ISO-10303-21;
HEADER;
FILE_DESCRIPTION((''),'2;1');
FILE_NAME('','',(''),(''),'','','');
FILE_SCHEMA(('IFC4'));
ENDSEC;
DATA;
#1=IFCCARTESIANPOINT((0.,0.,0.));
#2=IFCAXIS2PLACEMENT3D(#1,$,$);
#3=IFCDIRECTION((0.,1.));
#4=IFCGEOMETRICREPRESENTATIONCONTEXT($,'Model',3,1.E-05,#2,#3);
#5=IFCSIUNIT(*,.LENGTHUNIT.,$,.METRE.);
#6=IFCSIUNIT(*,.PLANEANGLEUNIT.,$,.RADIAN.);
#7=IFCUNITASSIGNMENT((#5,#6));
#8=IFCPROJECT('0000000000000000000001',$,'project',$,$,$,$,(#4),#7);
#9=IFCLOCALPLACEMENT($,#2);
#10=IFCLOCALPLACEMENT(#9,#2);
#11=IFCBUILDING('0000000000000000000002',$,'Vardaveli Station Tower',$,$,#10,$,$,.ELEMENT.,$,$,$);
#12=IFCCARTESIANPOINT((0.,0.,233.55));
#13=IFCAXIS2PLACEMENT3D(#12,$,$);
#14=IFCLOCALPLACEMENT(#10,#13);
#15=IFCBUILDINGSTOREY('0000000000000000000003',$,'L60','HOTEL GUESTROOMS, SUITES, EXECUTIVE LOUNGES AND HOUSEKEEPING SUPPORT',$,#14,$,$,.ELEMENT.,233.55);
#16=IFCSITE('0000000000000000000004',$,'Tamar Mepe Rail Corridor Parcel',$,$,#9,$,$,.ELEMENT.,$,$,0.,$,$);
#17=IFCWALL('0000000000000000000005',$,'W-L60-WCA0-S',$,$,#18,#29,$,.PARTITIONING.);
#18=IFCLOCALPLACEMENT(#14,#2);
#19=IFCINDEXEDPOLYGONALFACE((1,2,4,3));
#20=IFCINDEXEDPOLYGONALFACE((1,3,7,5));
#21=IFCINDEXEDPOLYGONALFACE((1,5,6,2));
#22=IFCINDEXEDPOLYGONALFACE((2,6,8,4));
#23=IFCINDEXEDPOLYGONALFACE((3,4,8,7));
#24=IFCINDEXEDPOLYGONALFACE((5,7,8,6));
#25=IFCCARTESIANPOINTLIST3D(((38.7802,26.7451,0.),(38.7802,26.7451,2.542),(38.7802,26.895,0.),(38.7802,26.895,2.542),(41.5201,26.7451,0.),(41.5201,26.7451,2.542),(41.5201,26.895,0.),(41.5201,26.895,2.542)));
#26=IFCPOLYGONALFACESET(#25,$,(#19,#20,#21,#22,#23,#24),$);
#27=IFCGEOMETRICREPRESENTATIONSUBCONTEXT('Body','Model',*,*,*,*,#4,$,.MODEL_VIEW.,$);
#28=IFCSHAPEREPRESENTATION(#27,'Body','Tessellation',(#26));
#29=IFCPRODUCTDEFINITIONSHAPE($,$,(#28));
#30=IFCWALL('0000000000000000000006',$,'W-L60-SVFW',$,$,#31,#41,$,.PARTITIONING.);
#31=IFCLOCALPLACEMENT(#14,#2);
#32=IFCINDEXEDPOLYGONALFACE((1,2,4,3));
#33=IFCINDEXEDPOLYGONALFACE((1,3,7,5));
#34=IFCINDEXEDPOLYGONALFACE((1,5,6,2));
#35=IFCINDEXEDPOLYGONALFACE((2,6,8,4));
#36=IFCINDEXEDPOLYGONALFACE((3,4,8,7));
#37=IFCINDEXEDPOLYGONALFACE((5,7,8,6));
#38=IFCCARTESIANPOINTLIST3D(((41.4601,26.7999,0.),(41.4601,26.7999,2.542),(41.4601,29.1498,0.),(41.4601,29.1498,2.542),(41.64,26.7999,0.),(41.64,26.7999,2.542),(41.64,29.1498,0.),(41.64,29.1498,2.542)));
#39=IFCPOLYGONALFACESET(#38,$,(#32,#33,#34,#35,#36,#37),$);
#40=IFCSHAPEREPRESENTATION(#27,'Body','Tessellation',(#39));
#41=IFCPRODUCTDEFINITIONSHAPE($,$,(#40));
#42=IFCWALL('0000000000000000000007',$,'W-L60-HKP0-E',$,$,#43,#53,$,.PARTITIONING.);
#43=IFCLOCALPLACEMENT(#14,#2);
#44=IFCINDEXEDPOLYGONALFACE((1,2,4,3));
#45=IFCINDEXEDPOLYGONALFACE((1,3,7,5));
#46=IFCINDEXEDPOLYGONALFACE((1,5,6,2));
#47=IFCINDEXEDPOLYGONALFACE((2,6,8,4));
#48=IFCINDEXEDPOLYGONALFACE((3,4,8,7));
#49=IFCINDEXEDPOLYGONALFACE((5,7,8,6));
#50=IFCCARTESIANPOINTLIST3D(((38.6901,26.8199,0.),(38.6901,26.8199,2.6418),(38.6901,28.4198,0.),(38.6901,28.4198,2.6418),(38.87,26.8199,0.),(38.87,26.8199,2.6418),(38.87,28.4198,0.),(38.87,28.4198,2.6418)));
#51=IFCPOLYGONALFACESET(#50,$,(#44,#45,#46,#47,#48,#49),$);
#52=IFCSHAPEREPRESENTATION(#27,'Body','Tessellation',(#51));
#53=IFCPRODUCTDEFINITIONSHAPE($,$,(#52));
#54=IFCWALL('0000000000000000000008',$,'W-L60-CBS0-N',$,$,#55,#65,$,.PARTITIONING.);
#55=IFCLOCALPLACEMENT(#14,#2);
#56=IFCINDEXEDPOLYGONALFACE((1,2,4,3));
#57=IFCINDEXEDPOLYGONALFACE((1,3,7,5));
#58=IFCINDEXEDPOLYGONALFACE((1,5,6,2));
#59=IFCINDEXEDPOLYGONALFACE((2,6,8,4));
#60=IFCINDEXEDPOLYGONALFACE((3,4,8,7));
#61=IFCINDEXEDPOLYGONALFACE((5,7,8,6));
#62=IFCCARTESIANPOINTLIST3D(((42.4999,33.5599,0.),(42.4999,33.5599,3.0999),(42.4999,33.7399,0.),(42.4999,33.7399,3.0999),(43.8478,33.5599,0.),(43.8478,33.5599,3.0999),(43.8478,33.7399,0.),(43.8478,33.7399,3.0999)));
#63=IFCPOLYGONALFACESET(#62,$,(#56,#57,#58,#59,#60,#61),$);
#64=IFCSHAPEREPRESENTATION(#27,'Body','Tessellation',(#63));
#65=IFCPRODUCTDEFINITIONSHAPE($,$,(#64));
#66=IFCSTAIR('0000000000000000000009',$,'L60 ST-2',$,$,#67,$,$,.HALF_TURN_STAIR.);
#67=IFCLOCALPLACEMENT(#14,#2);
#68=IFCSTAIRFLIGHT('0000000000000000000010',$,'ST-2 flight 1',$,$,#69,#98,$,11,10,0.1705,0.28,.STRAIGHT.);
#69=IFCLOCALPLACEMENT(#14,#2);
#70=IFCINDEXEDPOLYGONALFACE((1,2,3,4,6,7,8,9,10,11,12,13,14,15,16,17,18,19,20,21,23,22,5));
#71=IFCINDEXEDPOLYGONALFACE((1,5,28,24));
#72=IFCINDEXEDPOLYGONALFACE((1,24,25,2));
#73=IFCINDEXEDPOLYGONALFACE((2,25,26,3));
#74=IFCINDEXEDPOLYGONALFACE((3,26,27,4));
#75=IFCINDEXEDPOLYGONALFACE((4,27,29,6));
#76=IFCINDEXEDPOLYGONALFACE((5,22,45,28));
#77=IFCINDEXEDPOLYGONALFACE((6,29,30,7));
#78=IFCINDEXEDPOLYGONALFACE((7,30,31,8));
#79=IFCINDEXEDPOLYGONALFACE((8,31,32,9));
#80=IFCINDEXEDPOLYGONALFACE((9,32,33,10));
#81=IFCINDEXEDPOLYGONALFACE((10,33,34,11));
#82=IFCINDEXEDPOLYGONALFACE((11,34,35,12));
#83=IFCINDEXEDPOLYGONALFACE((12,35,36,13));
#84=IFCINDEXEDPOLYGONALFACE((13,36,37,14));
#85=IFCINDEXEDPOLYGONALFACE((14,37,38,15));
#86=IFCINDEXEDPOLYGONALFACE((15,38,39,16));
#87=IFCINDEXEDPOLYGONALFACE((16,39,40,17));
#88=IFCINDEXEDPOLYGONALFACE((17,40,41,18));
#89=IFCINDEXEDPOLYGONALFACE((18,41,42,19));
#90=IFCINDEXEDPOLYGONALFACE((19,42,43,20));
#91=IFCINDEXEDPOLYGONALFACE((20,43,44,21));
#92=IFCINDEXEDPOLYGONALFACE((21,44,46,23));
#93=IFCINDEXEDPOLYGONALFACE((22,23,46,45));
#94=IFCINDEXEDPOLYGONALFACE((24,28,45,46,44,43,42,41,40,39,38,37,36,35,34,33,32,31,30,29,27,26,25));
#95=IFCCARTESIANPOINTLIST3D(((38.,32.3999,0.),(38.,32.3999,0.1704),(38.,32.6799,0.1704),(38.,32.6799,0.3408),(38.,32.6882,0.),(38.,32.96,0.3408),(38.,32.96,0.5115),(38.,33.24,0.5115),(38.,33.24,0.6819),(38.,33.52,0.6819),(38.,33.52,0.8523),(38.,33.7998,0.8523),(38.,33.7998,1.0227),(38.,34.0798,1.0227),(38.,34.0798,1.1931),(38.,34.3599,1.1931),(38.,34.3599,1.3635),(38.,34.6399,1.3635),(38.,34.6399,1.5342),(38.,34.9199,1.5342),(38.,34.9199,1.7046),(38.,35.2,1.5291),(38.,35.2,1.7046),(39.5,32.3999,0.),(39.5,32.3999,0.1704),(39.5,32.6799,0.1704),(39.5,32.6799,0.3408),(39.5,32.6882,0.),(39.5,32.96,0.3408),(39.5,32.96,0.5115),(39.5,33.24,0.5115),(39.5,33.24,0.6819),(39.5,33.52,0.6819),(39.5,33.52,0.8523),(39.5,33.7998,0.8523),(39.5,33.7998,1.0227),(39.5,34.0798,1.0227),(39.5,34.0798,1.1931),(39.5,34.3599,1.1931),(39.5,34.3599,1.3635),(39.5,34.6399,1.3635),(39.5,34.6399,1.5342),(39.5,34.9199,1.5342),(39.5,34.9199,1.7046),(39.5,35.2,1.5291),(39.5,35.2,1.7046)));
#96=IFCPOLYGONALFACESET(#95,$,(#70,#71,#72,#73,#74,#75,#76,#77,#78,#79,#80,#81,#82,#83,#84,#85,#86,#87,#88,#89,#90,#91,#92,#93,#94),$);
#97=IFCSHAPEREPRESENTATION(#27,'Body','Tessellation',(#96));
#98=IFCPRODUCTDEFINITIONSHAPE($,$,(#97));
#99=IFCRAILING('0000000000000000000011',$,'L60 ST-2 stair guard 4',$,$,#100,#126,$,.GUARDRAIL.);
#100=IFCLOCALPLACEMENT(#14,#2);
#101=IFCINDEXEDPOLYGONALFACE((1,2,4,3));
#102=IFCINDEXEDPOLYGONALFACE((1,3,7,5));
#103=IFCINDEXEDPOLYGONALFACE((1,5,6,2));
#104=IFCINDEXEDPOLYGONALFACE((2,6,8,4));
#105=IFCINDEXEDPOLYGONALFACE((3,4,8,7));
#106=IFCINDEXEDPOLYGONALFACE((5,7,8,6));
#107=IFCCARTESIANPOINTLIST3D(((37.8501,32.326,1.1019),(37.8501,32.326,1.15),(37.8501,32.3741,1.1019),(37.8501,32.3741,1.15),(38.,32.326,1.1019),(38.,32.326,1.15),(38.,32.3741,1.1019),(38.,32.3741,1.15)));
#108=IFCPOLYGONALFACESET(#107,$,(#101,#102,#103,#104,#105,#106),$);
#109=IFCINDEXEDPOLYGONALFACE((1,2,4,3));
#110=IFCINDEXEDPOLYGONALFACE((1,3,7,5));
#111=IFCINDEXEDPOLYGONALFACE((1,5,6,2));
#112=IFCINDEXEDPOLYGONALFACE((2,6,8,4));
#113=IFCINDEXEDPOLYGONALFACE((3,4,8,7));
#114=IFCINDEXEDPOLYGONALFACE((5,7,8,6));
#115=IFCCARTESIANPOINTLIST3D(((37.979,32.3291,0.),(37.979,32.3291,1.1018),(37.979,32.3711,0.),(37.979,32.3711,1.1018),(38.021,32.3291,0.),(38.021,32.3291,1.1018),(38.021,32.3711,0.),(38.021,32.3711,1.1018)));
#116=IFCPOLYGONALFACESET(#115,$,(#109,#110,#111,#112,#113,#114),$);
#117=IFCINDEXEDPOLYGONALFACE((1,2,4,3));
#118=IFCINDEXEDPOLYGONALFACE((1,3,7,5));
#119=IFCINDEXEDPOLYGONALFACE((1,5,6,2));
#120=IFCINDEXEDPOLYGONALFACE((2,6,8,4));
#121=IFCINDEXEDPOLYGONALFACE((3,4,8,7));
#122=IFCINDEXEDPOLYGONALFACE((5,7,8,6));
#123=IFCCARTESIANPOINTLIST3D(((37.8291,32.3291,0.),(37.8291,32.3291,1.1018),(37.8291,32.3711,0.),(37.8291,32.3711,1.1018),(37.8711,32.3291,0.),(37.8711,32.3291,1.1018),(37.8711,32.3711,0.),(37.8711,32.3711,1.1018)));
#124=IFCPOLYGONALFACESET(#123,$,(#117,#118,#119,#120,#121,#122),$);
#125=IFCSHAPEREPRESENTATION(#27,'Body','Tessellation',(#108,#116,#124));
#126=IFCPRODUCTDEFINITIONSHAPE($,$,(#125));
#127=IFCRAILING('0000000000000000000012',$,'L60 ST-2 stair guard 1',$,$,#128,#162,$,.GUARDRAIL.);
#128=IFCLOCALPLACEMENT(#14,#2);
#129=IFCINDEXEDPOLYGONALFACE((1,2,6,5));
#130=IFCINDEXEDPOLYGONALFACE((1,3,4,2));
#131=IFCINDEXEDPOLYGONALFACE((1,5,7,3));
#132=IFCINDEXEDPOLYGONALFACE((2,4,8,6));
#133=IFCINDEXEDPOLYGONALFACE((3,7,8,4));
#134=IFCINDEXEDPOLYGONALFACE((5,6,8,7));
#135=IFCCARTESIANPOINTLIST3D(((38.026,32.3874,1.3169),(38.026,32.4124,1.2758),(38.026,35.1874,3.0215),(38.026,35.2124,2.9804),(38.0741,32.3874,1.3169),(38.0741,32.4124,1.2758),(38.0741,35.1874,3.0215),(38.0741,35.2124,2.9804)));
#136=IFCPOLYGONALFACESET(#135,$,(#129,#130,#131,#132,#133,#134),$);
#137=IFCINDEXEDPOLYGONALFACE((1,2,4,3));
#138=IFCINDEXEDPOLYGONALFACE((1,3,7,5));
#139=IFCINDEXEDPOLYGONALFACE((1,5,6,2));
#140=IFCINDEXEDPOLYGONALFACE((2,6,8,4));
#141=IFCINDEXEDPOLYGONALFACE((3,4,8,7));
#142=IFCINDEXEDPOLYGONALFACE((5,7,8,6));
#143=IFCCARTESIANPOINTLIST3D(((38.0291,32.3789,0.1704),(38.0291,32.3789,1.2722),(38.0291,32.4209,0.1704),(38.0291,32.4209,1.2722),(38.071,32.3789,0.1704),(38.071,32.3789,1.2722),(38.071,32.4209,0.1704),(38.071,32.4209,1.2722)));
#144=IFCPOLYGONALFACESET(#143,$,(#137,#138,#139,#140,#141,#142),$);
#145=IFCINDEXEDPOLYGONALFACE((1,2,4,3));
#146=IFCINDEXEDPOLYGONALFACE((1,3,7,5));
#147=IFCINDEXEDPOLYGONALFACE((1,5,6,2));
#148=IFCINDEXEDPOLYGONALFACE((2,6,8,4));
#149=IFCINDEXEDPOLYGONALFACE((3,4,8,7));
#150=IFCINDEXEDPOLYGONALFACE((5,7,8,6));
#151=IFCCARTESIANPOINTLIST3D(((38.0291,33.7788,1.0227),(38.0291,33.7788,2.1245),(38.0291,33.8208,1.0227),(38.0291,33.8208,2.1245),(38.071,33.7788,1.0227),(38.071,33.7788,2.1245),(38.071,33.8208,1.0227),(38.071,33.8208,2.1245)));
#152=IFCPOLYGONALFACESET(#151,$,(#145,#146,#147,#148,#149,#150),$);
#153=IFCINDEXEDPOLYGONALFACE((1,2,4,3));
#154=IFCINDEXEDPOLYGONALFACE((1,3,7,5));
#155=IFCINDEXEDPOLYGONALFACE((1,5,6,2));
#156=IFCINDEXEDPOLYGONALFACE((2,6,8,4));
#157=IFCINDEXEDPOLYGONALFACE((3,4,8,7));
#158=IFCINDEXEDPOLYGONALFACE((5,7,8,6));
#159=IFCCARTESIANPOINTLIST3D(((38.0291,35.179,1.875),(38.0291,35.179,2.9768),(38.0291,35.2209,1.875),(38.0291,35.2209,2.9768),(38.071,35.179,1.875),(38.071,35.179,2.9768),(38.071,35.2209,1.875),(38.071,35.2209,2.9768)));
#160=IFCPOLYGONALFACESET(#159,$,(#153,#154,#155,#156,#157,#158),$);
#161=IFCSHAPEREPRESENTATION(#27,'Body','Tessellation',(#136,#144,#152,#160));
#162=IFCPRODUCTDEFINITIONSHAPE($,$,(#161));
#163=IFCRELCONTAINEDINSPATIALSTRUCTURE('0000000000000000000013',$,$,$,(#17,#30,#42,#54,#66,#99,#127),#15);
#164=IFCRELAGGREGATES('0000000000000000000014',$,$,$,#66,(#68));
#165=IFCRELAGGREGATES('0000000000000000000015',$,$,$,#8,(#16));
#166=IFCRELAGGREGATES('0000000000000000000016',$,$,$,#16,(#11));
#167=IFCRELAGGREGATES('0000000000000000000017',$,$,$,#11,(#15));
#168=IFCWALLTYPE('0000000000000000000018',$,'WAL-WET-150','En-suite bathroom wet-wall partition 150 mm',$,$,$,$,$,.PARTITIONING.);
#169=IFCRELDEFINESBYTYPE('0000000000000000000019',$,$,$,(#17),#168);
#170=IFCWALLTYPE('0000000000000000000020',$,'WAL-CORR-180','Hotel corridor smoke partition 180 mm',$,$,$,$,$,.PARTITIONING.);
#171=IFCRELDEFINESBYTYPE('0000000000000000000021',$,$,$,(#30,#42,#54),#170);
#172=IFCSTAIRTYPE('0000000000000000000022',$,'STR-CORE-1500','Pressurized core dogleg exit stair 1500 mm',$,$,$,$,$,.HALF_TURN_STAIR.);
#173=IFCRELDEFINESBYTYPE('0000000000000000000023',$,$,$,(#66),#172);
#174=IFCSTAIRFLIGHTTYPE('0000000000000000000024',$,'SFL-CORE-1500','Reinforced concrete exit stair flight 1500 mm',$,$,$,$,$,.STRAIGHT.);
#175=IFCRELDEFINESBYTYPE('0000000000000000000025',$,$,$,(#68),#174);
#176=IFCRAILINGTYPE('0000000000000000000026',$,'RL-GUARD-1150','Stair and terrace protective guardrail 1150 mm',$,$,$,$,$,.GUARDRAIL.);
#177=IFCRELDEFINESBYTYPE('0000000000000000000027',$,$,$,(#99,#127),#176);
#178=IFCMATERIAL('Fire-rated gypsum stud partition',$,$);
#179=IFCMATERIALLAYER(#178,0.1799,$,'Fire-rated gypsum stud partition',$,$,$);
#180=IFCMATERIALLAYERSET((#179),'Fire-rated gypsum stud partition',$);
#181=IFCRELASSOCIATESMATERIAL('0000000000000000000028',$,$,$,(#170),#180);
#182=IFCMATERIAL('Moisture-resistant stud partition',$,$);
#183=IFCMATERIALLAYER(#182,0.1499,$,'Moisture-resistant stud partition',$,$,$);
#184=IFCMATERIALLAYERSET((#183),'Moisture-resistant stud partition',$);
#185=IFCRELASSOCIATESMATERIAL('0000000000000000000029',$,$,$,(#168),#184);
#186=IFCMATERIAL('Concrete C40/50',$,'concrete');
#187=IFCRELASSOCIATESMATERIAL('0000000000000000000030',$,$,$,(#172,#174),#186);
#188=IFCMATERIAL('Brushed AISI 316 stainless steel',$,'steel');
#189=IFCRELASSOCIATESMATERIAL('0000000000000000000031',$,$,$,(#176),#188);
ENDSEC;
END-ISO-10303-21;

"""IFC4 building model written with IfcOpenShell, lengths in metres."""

from ifc_helpers import new_model, si_unit, direction, frame, frame_2d, origin, origin_2d, place, context, subcontext, project, spatial, polyline, rectangle, outline, extrude, source, transform, mapped, material, layer, layer_set, type_object, element, aggregate, save


model = new_model("IFC4")

# Units and contexts
model_context = context("Model", 3, precision=1e-05, world=origin(), true_north=direction((0.0, 1.0)))
body_context = subcontext(model_context, "Body", "Model", "MODEL_VIEW")
ifc_project = project(units=[si_unit("LENGTHUNIT", "METRE"), si_unit("PLANEANGLEUNIT", "RADIAN")], contexts=[model_context])

# Site, building, storey
site_placement = place(None, origin())
site = spatial("IfcSite", under=ifc_project, at=site_placement, Name="Tamar Mepe Rail Corridor Parcel", CompositionType="ELEMENT", RefElevation=0.0)
building_placement = place(site_placement, origin())
building = spatial("IfcBuilding", under=site, at=building_placement, Name="Vardaveli Station Tower", CompositionType="ELEMENT")
storey_placement = place(building_placement, frame((0.0, 0.0, 233.55)))
storey = spatial("IfcBuildingStorey", under=building, at=storey_placement, Name="L60", Description="HOTEL GUESTROOMS, SUITES, EXECUTIVE LOUNGES AND HOUSEKEEPING SUPPORT", CompositionType="ELEMENT", Elevation=233.55)

# Shared definitions
ifc_material_1 = material(Name="Concrete C40/50", Category="concrete")

# Shared definitions
ifc_material_2 = material(Name="Fire-rated gypsum stud partition")
ifc_layer_1 = layer(ifc_material_2, 0.1799, Name="Fire-rated gypsum stud partition")
ifc_layer_set_1 = layer_set([ifc_layer_1], Name="Fire-rated gypsum stud partition")
wall_type_1 = type_object("IfcWallType", Name="WAL-CORR-180", Description="Hotel corridor smoke partition 180 mm", PredefinedType="PARTITIONING", material=ifc_layer_set_1)
ifc_material_3 = material(Name="Moisture-resistant stud partition")
ifc_layer_2 = layer(ifc_material_3, 0.1499, Name="Moisture-resistant stud partition")
ifc_layer_set_2 = layer_set([ifc_layer_2], Name="Moisture-resistant stud partition")
wall_type_2 = type_object("IfcWallType", Name="WAL-WET-150", Description="En-suite bathroom wet-wall partition 150 mm", PredefinedType="PARTITIONING", material=ifc_layer_set_2)

# Walls
shared_shape_1 = source(origin(), body_context, "Body", "SweptSolid", [
    extrude(rectangle(XDim=2.74, YDim=0.1499, at=frame_2d((1.3701, 0.0))), origin(), (0.0, 0.0, 1.0), 2.542),
])
wall_1_placement = place(storey_placement, frame((38.78, 26.8201, 0.0), z_axis=(0.0, 0.0, 1.0), x_axis=(1.0, 0.0, 0.0)))
element("IfcWall", 1, at=wall_1_placement, inside=storey, type_object=wall_type_2, Name="W-L60-WCA0-S", PredefinedType="PARTITIONING", context=body_context, shape_type="MappedRepresentation", body=[
    mapped(shared_shape_1, transform((0.0, 0.0, 0.0), scale=1.0)),
])
shared_shape_2 = source(origin(), body_context, "Body", "SweptSolid", [
    extrude(rectangle(XDim=2.3499, YDim=0.1799, at=frame_2d((1.1748, 0.0))), origin(), (0.0, 0.0, 1.0), 2.542),
])
wall_2_placement = place(storey_placement, frame((41.55, 26.8, 0.0), z_axis=(0.0, 0.0, 1.0), x_axis=(0.0, 1.0, 0.0)))
element("IfcWall", 2, at=wall_2_placement, inside=storey, type_object=wall_type_1, Name="W-L60-SVFW", PredefinedType="PARTITIONING", context=body_context, shape_type="MappedRepresentation", body=[
    mapped(shared_shape_2, transform((0.0, 0.0, 0.0), scale=1.0)),
])
shared_shape_3 = source(origin(), body_context, "Body", "SweptSolid", [
    extrude(rectangle(XDim=1.5999, YDim=0.1799, at=frame_2d((0.7998, 0.0))), origin(), (0.0, 0.0, 1.0), 2.6418),
])
wall_3_placement = place(storey_placement, frame((38.78, 26.8201, 0.0), z_axis=(0.0, 0.0, 1.0), x_axis=(0.0, 1.0, 0.0)))
element("IfcWall", 3, at=wall_3_placement, inside=storey, type_object=wall_type_1, Name="W-L60-HKP0-E", PredefinedType="PARTITIONING", context=body_context, shape_type="MappedRepresentation", body=[
    mapped(shared_shape_3, transform((0.0, 0.0, 0.0), scale=1.0)),
])
shared_shape_4 = source(origin(), body_context, "Body", "SweptSolid", [
    extrude(rectangle(XDim=1.3479, YDim=0.1799, at=frame_2d((0.6738, 0.0))), origin(), (0.0, 0.0, 1.0), 3.0999),
])
wall_4_placement = place(storey_placement, frame((42.5, 33.6499, 0.0), z_axis=(0.0, 0.0, 1.0), x_axis=(1.0, 0.0, 0.0)))
element("IfcWall", 4, at=wall_4_placement, inside=storey, type_object=wall_type_1, Name="W-L60-CBS0-N", PredefinedType="PARTITIONING", context=body_context, shape_type="MappedRepresentation", body=[
    mapped(shared_shape_4, transform((0.0, 0.0, 0.0), scale=1.0)),
])

# Stair, stair flight
stair_type = type_object("IfcStairType", Name="STR-CORE-1500", Description="Pressurized core dogleg exit stair 1500 mm", PredefinedType="HALF_TURN_STAIR", material=ifc_material_1)
stair_placement = place(storey_placement, origin())
stair = element("IfcStair", 5, at=stair_placement, inside=storey, type_object=stair_type, Name="L60 ST-2", PredefinedType="HALF_TURN_STAIR")
stair_flight_type = type_object("IfcStairFlightType", Name="SFL-CORE-1500", Description="Reinforced concrete exit stair flight 1500 mm", PredefinedType="STRAIGHT", material=ifc_material_1)
shared_shape_5 = source(origin(), body_context, "Body", "SweptSolid", [
    extrude(outline(polyline([(0.0, 0.0), (0.0, 0.1704), (0.28, 0.1704), (0.28, 0.3408), (0.5601, 0.3408), (0.5601, 0.5115), (0.8401, 0.5115), (0.8401, 0.6819), (1.1201, 0.6819), (1.1201, 0.8523), (1.3999, 0.8523), (1.3999, 1.0227), (1.6799, 1.0227), (1.6799, 1.1931), (1.96, 1.1931), (1.96, 1.3635), (2.24, 1.3635), (2.24, 1.5342), (2.52, 1.5342), (2.52, 1.7046), (2.8, 1.7046), (2.8, 1.875), (2.8, 1.5291), (0.2883, 0.0), (0.0, 0.0)])), frame((0.0, 0.75, 0.0), z_axis=(0.0, -1.0, 0.0), x_axis=(1.0, 0.0, 0.0)), (0.0, 0.0, 1.0), 1.5),
])
stair_flight_placement = place(storey_placement, frame((38.75, 32.3999, 0.0), z_axis=(0.0, 0.0, 1.0), x_axis=(0.0, 1.0, 0.0)))
stair_flight = element("IfcStairFlight", 6, at=stair_flight_placement, type_object=stair_flight_type, Name="ST-2 flight 1", NumberOfRisers=11, NumberOfTreads=10, PredefinedType="STRAIGHT", RiserHeight=0.1705, TreadLength=0.28, context=body_context, shape_type="MappedRepresentation", body=[
    mapped(shared_shape_5, transform((0.0, 0.0, 0.0), scale=1.0)),
])
aggregate(stair, [stair_flight])

# Railings
ifc_material_4 = material(Name="Brushed AISI 316 stainless steel", Category="steel")
railing_type_1 = type_object("IfcRailingType", Name="RL-GUARD-1150", Description="Stair and terrace protective guardrail 1150 mm", PredefinedType="GUARDRAIL", material=ifc_material_4)
shared_shape_6 = source(origin(), body_context, "Body", "SweptSolid", [
    extrude(rectangle(XDim=0.0481, YDim=0.0481, at=origin_2d()), frame((0.0, 0.0, 1.126), z_axis=(-1.0, 0.0, 0.0), x_axis=(0.0, -1.0, 0.0)), (0.0, 0.0, 1.0), 0.1499),
    extrude(rectangle(XDim=0.042, YDim=0.042, at=origin_2d()), origin(), (0.0, 0.0, 1.0), 1.1018),
    extrude(rectangle(XDim=0.042, YDim=0.042, at=origin_2d()), frame((-0.1499, 0.0, 0.0)), (0.0, 0.0, 1.0), 1.1018),
])
railing_1_placement = place(storey_placement, frame((38.0, 32.3501, 0.0)))
element("IfcRailing", 7, at=railing_1_placement, inside=storey, type_object=railing_type_1, Name="L60 ST-2 stair guard 4", PredefinedType="GUARDRAIL", context=body_context, shape_type="MappedRepresentation", body=[
    mapped(shared_shape_6, transform((0.0, 0.0, 0.0), scale=1.0)),
])
shared_shape_7 = source(origin(), body_context, "Body", "SweptSolid", [
    extrude(rectangle(XDim=0.0481, YDim=0.0481, at=origin_2d()), frame((0.0, 0.0, 1.126), z_axis=(0.0, 0.85417, 0.519994), x_axis=(-1.0, 0.0, 0.0)), (0.0, 0.0, 1.0), 3.2781),
    extrude(rectangle(XDim=0.042, YDim=0.042, at=origin_2d()), origin(), (0.0, 0.0, 1.0), 1.1018),
    extrude(rectangle(XDim=0.042, YDim=0.042, at=origin_2d()), frame((0.0, 1.3999, 0.8523)), (0.0, 0.0, 1.0), 1.1018),
    extrude(rectangle(XDim=0.042, YDim=0.042, at=origin_2d()), frame((0.0, 2.8, 1.7046)), (0.0, 0.0, 1.0), 1.1018),
])
railing_2_placement = place(storey_placement, frame((38.05, 32.3999, 0.1704)))
element("IfcRailing", 8, at=railing_2_placement, inside=storey, type_object=railing_type_1, Name="L60 ST-2 stair guard 1", PredefinedType="GUARDRAIL", context=body_context, shape_type="MappedRepresentation", body=[
    mapped(shared_shape_7, transform((0.0, 0.0, 0.0), scale=1.0)),
])

save(model, "model.ifc")
